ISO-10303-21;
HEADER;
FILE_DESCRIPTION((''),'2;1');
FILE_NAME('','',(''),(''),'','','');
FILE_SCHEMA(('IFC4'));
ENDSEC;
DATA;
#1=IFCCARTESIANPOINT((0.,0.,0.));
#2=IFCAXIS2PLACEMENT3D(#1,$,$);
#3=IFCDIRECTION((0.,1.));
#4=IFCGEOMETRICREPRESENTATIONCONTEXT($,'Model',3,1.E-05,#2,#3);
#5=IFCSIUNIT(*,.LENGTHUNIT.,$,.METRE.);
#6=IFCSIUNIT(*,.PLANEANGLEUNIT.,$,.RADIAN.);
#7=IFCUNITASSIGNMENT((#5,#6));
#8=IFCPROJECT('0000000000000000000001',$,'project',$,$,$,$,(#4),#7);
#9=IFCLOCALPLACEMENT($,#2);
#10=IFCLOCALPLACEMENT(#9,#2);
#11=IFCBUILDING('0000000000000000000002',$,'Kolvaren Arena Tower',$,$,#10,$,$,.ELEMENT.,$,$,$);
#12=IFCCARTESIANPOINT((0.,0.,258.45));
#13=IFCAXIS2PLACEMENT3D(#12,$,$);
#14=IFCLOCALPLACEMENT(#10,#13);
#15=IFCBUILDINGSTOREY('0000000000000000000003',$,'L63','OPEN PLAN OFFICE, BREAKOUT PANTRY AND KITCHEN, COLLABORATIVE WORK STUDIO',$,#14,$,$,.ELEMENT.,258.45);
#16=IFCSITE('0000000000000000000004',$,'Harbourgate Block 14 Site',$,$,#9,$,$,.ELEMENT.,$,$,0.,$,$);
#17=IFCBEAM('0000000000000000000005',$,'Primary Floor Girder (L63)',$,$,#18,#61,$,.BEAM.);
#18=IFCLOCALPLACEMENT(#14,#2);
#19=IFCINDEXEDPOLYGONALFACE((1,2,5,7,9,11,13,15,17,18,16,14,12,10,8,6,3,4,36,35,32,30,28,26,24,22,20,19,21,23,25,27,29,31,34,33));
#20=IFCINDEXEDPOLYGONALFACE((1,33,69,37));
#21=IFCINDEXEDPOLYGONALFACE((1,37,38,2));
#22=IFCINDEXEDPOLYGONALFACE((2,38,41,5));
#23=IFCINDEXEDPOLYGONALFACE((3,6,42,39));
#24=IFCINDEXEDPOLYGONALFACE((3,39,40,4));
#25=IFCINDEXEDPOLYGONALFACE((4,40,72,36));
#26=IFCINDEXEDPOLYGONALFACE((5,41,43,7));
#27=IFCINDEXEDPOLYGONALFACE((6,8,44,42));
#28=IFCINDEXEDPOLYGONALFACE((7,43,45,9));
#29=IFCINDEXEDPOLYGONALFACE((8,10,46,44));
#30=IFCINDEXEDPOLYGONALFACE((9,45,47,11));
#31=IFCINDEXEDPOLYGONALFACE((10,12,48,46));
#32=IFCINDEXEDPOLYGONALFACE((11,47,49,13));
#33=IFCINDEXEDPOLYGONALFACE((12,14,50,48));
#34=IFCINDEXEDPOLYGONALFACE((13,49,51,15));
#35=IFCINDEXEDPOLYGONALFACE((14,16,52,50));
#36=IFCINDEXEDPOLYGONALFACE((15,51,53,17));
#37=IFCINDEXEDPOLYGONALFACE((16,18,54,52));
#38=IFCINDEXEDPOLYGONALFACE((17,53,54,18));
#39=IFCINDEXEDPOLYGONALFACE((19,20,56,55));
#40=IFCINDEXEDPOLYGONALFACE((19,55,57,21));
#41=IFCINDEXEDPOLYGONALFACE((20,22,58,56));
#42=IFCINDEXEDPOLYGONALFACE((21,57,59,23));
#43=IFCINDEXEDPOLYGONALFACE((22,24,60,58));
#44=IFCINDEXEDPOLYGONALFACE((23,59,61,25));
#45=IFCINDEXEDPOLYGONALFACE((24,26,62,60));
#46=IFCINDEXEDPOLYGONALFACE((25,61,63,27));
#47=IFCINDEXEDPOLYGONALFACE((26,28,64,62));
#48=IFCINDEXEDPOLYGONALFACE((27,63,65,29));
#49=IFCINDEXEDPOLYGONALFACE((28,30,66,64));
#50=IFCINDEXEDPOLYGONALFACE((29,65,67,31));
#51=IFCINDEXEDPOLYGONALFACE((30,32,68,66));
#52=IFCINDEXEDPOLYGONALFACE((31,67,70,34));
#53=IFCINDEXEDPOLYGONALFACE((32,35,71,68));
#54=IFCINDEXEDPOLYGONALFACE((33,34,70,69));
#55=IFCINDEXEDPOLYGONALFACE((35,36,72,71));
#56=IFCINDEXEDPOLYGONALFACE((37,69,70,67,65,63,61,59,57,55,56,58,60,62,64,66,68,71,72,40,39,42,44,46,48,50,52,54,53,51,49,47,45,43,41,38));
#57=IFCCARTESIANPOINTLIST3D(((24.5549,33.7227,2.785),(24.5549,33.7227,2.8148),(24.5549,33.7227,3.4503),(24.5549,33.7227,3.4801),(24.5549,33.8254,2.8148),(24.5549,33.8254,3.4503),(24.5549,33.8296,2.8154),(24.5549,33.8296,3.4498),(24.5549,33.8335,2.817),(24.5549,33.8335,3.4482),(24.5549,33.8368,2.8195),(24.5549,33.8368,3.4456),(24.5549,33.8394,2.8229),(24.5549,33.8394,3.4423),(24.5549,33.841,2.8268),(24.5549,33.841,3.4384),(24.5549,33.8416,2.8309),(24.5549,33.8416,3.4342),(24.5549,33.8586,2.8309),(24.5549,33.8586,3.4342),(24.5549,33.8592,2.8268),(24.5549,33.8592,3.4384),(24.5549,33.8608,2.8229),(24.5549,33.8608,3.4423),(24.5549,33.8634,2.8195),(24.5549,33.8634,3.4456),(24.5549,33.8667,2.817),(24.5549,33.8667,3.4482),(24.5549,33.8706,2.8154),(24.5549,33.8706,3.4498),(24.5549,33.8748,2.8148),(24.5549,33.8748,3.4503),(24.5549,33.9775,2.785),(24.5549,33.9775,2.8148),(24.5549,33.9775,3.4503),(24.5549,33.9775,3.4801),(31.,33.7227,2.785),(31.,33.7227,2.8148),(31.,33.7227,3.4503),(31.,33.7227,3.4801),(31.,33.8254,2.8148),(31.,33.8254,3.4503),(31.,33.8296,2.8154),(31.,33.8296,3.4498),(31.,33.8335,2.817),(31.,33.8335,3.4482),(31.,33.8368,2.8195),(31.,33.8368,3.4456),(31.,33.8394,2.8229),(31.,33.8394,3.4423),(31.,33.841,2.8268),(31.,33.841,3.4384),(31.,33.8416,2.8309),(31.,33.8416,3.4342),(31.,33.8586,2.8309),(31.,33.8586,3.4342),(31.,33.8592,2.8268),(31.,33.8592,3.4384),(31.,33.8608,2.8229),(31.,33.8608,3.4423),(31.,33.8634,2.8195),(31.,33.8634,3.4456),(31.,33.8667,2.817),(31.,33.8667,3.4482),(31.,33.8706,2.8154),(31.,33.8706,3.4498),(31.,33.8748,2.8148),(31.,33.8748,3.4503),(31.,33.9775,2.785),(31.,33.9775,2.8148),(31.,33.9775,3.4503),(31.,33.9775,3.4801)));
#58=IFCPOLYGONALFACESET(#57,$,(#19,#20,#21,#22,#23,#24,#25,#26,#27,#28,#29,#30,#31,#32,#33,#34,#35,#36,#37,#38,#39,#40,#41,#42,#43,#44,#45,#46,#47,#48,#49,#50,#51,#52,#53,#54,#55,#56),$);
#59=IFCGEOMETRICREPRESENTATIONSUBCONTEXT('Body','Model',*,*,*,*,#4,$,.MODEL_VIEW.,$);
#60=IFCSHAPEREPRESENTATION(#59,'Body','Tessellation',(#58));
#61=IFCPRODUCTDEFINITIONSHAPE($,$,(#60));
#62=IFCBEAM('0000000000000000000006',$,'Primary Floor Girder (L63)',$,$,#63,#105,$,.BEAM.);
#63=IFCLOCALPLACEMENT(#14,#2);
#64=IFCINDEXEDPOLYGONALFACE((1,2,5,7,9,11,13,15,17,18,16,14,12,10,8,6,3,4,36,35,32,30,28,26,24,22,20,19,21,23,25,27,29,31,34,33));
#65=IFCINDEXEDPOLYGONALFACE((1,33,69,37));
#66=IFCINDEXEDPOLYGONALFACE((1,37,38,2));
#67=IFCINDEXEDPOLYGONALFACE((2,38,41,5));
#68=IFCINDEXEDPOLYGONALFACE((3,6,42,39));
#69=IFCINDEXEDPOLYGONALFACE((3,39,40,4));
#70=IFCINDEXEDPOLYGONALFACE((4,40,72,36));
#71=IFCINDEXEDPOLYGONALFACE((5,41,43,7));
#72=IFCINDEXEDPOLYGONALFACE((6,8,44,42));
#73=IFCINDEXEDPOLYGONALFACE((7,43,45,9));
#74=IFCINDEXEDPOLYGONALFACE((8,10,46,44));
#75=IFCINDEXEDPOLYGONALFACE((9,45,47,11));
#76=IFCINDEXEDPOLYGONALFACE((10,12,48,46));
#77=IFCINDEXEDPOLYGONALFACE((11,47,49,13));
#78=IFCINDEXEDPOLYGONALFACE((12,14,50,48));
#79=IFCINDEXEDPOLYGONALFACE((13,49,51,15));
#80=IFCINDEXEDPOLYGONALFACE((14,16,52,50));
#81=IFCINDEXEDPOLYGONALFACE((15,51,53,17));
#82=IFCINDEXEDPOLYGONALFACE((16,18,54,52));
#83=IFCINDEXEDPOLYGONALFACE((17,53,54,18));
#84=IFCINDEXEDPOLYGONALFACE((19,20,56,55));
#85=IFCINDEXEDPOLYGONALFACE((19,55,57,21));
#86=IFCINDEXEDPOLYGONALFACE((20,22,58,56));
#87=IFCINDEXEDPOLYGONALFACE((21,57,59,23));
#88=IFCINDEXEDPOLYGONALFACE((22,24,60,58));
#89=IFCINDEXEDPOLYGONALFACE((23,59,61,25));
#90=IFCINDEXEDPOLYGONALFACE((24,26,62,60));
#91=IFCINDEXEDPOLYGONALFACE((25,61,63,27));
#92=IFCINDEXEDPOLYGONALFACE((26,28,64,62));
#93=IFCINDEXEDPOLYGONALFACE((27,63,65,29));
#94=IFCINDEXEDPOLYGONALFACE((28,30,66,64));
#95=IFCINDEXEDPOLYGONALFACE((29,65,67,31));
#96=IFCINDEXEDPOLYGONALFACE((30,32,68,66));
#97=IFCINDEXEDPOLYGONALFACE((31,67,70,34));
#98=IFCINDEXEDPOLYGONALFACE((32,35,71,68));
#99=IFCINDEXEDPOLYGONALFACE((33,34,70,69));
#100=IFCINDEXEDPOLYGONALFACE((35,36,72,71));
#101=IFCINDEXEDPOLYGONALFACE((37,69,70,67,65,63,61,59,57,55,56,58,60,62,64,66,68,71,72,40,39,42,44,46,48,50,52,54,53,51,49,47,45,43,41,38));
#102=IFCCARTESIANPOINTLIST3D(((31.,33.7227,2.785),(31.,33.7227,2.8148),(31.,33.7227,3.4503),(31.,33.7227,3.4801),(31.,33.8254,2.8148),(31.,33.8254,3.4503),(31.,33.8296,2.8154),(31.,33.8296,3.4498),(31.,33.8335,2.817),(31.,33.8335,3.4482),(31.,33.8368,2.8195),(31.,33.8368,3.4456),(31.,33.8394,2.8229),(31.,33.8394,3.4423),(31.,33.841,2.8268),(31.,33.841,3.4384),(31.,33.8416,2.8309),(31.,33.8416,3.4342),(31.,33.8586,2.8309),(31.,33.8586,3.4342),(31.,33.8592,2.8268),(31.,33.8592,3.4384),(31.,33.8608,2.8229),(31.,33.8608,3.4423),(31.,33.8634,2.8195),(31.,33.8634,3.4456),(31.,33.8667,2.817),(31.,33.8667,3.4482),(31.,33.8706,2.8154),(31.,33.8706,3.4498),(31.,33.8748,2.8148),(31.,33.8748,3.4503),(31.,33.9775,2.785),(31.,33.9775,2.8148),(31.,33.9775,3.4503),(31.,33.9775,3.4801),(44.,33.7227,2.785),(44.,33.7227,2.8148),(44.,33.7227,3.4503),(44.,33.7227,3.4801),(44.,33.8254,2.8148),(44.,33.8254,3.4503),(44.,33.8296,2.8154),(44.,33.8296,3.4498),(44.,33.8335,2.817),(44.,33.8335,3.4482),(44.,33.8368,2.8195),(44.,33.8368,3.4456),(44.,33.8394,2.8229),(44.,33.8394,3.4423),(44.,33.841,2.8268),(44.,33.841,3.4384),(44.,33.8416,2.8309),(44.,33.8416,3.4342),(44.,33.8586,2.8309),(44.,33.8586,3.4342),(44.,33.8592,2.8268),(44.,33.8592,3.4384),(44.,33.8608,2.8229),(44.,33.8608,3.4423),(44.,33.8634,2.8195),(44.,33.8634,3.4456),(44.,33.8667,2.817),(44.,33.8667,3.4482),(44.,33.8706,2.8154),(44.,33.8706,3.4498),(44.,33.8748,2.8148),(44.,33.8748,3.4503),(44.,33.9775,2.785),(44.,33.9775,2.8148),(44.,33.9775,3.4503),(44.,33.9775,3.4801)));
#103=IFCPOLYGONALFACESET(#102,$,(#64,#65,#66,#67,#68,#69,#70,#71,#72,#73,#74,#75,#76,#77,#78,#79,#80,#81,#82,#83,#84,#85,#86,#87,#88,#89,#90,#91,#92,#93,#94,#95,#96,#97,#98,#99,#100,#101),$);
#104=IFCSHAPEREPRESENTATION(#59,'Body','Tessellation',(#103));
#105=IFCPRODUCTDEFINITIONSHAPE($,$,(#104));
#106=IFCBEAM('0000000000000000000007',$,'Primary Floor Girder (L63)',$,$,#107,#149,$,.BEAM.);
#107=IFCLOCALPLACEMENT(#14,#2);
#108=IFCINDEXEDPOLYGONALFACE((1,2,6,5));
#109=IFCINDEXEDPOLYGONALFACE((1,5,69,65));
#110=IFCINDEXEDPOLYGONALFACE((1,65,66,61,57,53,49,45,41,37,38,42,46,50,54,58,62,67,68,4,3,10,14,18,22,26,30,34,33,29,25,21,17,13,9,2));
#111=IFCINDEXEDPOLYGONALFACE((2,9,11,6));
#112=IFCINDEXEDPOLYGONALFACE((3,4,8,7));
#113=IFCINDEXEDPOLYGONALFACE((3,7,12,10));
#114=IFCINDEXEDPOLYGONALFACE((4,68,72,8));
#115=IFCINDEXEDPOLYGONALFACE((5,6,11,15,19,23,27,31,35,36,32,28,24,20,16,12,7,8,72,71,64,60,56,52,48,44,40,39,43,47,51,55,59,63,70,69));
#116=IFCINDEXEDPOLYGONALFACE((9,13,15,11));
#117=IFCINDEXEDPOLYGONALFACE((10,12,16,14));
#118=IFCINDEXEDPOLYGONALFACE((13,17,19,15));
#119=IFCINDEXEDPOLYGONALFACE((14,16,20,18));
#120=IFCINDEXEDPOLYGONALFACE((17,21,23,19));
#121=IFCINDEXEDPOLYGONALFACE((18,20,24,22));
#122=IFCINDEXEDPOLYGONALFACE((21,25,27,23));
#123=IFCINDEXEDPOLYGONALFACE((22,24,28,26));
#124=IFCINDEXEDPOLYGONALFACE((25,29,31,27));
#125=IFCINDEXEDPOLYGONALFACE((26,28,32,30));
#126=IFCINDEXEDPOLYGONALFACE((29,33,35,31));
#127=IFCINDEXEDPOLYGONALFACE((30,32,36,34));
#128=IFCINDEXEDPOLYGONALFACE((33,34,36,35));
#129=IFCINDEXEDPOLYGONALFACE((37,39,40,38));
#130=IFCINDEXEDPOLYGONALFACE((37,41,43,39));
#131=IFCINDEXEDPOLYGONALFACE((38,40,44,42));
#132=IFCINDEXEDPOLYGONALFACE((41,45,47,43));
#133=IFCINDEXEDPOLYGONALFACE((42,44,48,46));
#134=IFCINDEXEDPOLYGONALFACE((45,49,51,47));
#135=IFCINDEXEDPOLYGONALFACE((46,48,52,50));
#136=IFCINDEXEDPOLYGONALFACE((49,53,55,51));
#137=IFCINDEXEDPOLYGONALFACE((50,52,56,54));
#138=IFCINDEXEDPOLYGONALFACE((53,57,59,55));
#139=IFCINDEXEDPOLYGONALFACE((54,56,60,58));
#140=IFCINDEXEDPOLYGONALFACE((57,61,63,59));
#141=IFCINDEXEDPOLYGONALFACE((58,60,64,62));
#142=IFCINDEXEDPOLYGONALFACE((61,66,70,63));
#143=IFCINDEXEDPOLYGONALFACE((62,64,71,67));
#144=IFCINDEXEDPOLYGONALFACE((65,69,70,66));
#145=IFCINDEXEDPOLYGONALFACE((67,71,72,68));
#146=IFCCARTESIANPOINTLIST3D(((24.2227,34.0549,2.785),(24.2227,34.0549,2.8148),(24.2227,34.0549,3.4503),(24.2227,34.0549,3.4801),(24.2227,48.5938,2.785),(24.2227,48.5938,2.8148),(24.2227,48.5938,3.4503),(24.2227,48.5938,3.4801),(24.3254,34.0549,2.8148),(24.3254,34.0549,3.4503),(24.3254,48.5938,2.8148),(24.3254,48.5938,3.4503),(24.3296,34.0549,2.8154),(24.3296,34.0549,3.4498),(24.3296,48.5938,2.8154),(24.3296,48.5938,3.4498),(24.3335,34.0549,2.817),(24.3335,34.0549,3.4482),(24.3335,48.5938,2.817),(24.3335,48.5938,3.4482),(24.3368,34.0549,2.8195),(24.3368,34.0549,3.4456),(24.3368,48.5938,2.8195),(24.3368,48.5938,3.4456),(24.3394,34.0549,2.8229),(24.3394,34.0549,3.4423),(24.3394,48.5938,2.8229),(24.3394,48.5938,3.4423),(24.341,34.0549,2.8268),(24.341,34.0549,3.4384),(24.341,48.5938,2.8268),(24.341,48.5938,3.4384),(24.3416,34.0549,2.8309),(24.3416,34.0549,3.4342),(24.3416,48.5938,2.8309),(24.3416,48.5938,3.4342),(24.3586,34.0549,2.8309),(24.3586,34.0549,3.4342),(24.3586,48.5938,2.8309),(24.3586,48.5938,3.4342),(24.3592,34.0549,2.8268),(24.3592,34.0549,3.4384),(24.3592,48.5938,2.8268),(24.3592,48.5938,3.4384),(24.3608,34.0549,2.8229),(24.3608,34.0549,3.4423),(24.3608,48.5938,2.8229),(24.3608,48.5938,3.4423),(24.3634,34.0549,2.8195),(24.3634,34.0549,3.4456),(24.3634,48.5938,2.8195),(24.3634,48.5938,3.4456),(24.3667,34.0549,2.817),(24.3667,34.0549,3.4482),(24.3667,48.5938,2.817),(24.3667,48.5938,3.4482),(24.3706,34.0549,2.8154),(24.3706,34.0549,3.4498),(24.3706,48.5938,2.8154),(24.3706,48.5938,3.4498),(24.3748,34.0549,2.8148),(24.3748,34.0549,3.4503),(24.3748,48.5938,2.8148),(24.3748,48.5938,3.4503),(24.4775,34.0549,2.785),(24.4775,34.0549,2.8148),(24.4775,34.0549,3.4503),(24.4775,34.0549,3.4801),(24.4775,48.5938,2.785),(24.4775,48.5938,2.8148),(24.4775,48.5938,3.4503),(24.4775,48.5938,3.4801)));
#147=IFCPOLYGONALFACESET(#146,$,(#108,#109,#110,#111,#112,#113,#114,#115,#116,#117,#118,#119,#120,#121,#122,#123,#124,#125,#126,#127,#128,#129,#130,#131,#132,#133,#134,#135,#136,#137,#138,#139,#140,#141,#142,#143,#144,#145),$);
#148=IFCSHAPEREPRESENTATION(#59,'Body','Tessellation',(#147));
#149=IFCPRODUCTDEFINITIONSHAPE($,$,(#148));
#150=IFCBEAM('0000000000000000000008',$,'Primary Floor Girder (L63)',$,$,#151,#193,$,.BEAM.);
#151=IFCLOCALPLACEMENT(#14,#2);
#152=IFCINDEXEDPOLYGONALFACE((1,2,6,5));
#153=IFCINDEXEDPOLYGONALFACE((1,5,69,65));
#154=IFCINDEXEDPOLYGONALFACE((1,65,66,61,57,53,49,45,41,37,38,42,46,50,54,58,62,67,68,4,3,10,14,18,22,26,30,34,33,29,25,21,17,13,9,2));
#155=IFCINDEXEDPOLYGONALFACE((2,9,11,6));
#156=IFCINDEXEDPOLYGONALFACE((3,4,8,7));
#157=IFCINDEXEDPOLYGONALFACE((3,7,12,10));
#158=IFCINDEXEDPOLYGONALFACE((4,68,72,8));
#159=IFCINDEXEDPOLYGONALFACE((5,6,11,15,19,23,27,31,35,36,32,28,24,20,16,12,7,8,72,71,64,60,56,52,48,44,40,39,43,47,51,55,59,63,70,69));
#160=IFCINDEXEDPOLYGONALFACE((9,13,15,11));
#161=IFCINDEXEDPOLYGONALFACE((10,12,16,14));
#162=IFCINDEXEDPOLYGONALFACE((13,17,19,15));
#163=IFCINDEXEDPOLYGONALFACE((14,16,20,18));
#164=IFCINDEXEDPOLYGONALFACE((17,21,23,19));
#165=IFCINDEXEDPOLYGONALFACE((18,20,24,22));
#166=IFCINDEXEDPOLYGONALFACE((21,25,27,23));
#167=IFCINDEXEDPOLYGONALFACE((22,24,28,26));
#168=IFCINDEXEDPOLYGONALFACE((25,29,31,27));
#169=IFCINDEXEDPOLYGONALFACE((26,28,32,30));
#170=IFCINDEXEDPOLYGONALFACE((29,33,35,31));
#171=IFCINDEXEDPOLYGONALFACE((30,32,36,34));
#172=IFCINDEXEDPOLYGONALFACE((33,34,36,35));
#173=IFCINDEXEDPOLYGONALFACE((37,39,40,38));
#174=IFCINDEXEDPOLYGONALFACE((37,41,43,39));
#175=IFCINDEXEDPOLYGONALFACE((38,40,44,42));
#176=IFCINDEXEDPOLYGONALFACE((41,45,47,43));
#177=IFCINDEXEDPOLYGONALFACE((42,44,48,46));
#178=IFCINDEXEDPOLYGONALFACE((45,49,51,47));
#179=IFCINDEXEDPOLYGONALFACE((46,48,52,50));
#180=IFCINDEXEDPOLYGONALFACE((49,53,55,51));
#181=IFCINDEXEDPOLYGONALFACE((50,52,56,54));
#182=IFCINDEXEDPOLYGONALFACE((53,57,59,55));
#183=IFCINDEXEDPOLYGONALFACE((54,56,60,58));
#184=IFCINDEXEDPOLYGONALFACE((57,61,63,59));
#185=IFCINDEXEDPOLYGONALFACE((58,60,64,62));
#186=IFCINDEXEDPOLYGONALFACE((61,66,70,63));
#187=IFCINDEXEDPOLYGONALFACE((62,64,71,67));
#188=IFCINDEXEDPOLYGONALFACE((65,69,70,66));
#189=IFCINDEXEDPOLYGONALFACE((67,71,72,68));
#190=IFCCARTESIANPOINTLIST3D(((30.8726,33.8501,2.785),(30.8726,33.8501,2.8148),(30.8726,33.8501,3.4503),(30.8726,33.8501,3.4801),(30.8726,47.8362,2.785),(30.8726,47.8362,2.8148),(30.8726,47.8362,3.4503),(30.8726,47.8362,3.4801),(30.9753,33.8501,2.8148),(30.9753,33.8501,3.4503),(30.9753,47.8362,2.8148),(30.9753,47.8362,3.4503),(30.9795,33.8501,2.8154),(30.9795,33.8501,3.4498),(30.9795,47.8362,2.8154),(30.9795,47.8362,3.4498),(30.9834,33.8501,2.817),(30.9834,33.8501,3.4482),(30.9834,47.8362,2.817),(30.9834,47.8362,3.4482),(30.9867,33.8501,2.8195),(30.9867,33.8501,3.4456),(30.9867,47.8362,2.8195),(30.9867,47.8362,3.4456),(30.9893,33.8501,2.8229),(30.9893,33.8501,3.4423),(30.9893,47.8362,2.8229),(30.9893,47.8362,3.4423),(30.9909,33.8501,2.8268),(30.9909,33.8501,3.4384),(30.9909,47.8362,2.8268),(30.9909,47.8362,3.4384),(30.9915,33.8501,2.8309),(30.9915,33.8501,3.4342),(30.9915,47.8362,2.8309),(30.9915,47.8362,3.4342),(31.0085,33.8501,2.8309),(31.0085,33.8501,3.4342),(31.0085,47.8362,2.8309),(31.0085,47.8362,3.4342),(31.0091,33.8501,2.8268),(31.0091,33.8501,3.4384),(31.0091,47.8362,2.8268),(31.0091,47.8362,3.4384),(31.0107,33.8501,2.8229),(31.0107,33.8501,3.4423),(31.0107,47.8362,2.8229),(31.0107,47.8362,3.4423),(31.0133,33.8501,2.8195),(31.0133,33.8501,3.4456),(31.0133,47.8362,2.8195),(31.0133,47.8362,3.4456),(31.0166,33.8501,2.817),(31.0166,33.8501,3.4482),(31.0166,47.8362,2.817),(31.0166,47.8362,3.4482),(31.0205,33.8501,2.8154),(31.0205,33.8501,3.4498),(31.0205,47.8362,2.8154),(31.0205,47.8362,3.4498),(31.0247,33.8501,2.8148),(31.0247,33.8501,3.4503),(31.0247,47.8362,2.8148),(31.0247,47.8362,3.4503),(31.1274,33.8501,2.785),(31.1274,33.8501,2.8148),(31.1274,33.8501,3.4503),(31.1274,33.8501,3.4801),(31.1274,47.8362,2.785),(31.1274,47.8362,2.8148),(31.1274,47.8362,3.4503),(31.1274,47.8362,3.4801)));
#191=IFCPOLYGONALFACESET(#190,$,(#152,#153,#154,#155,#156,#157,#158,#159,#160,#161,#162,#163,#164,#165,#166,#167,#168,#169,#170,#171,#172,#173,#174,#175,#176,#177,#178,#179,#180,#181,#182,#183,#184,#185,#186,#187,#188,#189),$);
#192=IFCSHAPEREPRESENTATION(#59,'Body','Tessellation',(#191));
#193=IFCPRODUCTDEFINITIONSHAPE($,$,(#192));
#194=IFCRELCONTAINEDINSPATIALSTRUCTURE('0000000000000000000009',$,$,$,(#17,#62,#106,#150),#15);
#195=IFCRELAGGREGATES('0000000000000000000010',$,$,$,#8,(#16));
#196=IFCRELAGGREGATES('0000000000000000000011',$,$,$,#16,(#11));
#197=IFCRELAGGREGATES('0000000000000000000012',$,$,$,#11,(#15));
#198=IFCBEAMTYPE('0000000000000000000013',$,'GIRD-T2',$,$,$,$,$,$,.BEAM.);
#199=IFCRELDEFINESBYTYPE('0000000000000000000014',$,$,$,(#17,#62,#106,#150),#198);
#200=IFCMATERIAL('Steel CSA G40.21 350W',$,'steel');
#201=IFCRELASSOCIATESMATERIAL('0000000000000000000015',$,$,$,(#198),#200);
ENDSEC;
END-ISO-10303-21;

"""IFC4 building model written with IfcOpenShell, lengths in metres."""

from ifc_helpers import new_model, si_unit, direction, frame, origin, origin_2d, place, context, subcontext, project, spatial, i_section, extrude, material, material_profile, profile_set, type_object, element, save


model = new_model("IFC4")

# Units and contexts
model_context = context("Model", 3, precision=1e-05, world=origin(), true_north=direction((0.0, 1.0)))
body_context = subcontext(model_context, "Body", "Model", "MODEL_VIEW")
ifc_project = project(units=[si_unit("LENGTHUNIT", "METRE"), si_unit("PLANEANGLEUNIT", "RADIAN")], contexts=[model_context])

# Site, building, storey
site_placement = place(None, origin())
site = spatial("IfcSite", under=ifc_project, at=site_placement, Name="Harbourgate Block 14 Site", CompositionType="ELEMENT", RefElevation=0.0)
building_placement = place(site_placement, origin())
building = spatial("IfcBuilding", under=site, at=building_placement, Name="Kolvaren Arena Tower", CompositionType="ELEMENT")
storey_placement = place(building_placement, frame((0.0, 0.0, 258.45)))
storey = spatial("IfcBuildingStorey", under=building, at=storey_placement, Name="L63", Description="OPEN PLAN OFFICE, BREAKOUT PANTRY AND KITCHEN, COLLABORATIVE WORK STUDIO", CompositionType="ELEMENT", Elevation=258.45)

# Beams
ifc_material_1 = material(Name="Steel CSA G40.21 350W", Category="steel")
ifc_material_profile_1 = material_profile(ifc_material_1, i_section(OverallWidth=0.2549, OverallDepth=0.6951, WebThickness=0.0171, FlangeThickness=0.0298, FilletRadius=0.0161, at=origin_2d()), Name="W690x217")
ifc_profile_set_1 = profile_set([ifc_material_profile_1], Name="Steel CSA G40.21 350W")
beam_type_1 = type_object("IfcBeamType", Name="GIRD-T2", PredefinedType="BEAM", material=ifc_profile_set_1)
beam_1_placement = place(storey_placement, frame((24.5549, 33.8501, 3.1326), z_axis=(1.0, 0.0, 0.0), x_axis=(0.0, 1.0, 0.0)))
element("IfcBeam", 1, at=beam_1_placement, inside=storey, type_object=beam_type_1, Name="Primary Floor Girder (L63)", PredefinedType="BEAM", context=body_context, shape_type="SweptSolid", body=[
    extrude(i_section(OverallWidth=0.2549, OverallDepth=0.6951, WebThickness=0.0171, FlangeThickness=0.0298, FilletRadius=0.0161, at=origin_2d()), origin(), (0.0, 0.0, 1.0), 6.4451),
])
beam_2_placement = place(storey_placement, frame((31.0, 33.8501, 3.1326), z_axis=(1.0, 0.0, 0.0), x_axis=(0.0, 1.0, 0.0)))
element("IfcBeam", 2, at=beam_2_placement, inside=storey, type_object=beam_type_1, Name="Primary Floor Girder (L63)", PredefinedType="BEAM", context=body_context, shape_type="SweptSolid", body=[
    extrude(i_section(OverallWidth=0.2549, OverallDepth=0.6951, WebThickness=0.0171, FlangeThickness=0.0298, FilletRadius=0.0161, at=origin_2d()), origin(), (0.0, 0.0, 1.0), 13.0),
])
beam_3_placement = place(storey_placement, frame((24.3501, 34.0549, 3.1326), z_axis=(0.0, 1.0, 0.0), x_axis=(-1.0, 0.0, 0.0)))
element("IfcBeam", 3, at=beam_3_placement, inside=storey, type_object=beam_type_1, Name="Primary Floor Girder (L63)", PredefinedType="BEAM", context=body_context, shape_type="SweptSolid", body=[
    extrude(i_section(OverallWidth=0.2549, OverallDepth=0.6951, WebThickness=0.0171, FlangeThickness=0.0298, FilletRadius=0.0161, at=origin_2d()), origin(), (0.0, 0.0, 1.0), 14.5388),
])
beam_4_placement = place(storey_placement, frame((31.0, 33.8501, 3.1326), z_axis=(0.0, 1.0, 0.0), x_axis=(-1.0, 0.0, 0.0)))
element("IfcBeam", 4, at=beam_4_placement, inside=storey, type_object=beam_type_1, Name="Primary Floor Girder (L63)", PredefinedType="BEAM", context=body_context, shape_type="SweptSolid", body=[
    extrude(i_section(OverallWidth=0.2549, OverallDepth=0.6951, WebThickness=0.0171, FlangeThickness=0.0298, FilletRadius=0.0161, at=origin_2d()), origin(), (0.0, 0.0, 1.0), 13.9861),
])

save(model, "model.ifc")
